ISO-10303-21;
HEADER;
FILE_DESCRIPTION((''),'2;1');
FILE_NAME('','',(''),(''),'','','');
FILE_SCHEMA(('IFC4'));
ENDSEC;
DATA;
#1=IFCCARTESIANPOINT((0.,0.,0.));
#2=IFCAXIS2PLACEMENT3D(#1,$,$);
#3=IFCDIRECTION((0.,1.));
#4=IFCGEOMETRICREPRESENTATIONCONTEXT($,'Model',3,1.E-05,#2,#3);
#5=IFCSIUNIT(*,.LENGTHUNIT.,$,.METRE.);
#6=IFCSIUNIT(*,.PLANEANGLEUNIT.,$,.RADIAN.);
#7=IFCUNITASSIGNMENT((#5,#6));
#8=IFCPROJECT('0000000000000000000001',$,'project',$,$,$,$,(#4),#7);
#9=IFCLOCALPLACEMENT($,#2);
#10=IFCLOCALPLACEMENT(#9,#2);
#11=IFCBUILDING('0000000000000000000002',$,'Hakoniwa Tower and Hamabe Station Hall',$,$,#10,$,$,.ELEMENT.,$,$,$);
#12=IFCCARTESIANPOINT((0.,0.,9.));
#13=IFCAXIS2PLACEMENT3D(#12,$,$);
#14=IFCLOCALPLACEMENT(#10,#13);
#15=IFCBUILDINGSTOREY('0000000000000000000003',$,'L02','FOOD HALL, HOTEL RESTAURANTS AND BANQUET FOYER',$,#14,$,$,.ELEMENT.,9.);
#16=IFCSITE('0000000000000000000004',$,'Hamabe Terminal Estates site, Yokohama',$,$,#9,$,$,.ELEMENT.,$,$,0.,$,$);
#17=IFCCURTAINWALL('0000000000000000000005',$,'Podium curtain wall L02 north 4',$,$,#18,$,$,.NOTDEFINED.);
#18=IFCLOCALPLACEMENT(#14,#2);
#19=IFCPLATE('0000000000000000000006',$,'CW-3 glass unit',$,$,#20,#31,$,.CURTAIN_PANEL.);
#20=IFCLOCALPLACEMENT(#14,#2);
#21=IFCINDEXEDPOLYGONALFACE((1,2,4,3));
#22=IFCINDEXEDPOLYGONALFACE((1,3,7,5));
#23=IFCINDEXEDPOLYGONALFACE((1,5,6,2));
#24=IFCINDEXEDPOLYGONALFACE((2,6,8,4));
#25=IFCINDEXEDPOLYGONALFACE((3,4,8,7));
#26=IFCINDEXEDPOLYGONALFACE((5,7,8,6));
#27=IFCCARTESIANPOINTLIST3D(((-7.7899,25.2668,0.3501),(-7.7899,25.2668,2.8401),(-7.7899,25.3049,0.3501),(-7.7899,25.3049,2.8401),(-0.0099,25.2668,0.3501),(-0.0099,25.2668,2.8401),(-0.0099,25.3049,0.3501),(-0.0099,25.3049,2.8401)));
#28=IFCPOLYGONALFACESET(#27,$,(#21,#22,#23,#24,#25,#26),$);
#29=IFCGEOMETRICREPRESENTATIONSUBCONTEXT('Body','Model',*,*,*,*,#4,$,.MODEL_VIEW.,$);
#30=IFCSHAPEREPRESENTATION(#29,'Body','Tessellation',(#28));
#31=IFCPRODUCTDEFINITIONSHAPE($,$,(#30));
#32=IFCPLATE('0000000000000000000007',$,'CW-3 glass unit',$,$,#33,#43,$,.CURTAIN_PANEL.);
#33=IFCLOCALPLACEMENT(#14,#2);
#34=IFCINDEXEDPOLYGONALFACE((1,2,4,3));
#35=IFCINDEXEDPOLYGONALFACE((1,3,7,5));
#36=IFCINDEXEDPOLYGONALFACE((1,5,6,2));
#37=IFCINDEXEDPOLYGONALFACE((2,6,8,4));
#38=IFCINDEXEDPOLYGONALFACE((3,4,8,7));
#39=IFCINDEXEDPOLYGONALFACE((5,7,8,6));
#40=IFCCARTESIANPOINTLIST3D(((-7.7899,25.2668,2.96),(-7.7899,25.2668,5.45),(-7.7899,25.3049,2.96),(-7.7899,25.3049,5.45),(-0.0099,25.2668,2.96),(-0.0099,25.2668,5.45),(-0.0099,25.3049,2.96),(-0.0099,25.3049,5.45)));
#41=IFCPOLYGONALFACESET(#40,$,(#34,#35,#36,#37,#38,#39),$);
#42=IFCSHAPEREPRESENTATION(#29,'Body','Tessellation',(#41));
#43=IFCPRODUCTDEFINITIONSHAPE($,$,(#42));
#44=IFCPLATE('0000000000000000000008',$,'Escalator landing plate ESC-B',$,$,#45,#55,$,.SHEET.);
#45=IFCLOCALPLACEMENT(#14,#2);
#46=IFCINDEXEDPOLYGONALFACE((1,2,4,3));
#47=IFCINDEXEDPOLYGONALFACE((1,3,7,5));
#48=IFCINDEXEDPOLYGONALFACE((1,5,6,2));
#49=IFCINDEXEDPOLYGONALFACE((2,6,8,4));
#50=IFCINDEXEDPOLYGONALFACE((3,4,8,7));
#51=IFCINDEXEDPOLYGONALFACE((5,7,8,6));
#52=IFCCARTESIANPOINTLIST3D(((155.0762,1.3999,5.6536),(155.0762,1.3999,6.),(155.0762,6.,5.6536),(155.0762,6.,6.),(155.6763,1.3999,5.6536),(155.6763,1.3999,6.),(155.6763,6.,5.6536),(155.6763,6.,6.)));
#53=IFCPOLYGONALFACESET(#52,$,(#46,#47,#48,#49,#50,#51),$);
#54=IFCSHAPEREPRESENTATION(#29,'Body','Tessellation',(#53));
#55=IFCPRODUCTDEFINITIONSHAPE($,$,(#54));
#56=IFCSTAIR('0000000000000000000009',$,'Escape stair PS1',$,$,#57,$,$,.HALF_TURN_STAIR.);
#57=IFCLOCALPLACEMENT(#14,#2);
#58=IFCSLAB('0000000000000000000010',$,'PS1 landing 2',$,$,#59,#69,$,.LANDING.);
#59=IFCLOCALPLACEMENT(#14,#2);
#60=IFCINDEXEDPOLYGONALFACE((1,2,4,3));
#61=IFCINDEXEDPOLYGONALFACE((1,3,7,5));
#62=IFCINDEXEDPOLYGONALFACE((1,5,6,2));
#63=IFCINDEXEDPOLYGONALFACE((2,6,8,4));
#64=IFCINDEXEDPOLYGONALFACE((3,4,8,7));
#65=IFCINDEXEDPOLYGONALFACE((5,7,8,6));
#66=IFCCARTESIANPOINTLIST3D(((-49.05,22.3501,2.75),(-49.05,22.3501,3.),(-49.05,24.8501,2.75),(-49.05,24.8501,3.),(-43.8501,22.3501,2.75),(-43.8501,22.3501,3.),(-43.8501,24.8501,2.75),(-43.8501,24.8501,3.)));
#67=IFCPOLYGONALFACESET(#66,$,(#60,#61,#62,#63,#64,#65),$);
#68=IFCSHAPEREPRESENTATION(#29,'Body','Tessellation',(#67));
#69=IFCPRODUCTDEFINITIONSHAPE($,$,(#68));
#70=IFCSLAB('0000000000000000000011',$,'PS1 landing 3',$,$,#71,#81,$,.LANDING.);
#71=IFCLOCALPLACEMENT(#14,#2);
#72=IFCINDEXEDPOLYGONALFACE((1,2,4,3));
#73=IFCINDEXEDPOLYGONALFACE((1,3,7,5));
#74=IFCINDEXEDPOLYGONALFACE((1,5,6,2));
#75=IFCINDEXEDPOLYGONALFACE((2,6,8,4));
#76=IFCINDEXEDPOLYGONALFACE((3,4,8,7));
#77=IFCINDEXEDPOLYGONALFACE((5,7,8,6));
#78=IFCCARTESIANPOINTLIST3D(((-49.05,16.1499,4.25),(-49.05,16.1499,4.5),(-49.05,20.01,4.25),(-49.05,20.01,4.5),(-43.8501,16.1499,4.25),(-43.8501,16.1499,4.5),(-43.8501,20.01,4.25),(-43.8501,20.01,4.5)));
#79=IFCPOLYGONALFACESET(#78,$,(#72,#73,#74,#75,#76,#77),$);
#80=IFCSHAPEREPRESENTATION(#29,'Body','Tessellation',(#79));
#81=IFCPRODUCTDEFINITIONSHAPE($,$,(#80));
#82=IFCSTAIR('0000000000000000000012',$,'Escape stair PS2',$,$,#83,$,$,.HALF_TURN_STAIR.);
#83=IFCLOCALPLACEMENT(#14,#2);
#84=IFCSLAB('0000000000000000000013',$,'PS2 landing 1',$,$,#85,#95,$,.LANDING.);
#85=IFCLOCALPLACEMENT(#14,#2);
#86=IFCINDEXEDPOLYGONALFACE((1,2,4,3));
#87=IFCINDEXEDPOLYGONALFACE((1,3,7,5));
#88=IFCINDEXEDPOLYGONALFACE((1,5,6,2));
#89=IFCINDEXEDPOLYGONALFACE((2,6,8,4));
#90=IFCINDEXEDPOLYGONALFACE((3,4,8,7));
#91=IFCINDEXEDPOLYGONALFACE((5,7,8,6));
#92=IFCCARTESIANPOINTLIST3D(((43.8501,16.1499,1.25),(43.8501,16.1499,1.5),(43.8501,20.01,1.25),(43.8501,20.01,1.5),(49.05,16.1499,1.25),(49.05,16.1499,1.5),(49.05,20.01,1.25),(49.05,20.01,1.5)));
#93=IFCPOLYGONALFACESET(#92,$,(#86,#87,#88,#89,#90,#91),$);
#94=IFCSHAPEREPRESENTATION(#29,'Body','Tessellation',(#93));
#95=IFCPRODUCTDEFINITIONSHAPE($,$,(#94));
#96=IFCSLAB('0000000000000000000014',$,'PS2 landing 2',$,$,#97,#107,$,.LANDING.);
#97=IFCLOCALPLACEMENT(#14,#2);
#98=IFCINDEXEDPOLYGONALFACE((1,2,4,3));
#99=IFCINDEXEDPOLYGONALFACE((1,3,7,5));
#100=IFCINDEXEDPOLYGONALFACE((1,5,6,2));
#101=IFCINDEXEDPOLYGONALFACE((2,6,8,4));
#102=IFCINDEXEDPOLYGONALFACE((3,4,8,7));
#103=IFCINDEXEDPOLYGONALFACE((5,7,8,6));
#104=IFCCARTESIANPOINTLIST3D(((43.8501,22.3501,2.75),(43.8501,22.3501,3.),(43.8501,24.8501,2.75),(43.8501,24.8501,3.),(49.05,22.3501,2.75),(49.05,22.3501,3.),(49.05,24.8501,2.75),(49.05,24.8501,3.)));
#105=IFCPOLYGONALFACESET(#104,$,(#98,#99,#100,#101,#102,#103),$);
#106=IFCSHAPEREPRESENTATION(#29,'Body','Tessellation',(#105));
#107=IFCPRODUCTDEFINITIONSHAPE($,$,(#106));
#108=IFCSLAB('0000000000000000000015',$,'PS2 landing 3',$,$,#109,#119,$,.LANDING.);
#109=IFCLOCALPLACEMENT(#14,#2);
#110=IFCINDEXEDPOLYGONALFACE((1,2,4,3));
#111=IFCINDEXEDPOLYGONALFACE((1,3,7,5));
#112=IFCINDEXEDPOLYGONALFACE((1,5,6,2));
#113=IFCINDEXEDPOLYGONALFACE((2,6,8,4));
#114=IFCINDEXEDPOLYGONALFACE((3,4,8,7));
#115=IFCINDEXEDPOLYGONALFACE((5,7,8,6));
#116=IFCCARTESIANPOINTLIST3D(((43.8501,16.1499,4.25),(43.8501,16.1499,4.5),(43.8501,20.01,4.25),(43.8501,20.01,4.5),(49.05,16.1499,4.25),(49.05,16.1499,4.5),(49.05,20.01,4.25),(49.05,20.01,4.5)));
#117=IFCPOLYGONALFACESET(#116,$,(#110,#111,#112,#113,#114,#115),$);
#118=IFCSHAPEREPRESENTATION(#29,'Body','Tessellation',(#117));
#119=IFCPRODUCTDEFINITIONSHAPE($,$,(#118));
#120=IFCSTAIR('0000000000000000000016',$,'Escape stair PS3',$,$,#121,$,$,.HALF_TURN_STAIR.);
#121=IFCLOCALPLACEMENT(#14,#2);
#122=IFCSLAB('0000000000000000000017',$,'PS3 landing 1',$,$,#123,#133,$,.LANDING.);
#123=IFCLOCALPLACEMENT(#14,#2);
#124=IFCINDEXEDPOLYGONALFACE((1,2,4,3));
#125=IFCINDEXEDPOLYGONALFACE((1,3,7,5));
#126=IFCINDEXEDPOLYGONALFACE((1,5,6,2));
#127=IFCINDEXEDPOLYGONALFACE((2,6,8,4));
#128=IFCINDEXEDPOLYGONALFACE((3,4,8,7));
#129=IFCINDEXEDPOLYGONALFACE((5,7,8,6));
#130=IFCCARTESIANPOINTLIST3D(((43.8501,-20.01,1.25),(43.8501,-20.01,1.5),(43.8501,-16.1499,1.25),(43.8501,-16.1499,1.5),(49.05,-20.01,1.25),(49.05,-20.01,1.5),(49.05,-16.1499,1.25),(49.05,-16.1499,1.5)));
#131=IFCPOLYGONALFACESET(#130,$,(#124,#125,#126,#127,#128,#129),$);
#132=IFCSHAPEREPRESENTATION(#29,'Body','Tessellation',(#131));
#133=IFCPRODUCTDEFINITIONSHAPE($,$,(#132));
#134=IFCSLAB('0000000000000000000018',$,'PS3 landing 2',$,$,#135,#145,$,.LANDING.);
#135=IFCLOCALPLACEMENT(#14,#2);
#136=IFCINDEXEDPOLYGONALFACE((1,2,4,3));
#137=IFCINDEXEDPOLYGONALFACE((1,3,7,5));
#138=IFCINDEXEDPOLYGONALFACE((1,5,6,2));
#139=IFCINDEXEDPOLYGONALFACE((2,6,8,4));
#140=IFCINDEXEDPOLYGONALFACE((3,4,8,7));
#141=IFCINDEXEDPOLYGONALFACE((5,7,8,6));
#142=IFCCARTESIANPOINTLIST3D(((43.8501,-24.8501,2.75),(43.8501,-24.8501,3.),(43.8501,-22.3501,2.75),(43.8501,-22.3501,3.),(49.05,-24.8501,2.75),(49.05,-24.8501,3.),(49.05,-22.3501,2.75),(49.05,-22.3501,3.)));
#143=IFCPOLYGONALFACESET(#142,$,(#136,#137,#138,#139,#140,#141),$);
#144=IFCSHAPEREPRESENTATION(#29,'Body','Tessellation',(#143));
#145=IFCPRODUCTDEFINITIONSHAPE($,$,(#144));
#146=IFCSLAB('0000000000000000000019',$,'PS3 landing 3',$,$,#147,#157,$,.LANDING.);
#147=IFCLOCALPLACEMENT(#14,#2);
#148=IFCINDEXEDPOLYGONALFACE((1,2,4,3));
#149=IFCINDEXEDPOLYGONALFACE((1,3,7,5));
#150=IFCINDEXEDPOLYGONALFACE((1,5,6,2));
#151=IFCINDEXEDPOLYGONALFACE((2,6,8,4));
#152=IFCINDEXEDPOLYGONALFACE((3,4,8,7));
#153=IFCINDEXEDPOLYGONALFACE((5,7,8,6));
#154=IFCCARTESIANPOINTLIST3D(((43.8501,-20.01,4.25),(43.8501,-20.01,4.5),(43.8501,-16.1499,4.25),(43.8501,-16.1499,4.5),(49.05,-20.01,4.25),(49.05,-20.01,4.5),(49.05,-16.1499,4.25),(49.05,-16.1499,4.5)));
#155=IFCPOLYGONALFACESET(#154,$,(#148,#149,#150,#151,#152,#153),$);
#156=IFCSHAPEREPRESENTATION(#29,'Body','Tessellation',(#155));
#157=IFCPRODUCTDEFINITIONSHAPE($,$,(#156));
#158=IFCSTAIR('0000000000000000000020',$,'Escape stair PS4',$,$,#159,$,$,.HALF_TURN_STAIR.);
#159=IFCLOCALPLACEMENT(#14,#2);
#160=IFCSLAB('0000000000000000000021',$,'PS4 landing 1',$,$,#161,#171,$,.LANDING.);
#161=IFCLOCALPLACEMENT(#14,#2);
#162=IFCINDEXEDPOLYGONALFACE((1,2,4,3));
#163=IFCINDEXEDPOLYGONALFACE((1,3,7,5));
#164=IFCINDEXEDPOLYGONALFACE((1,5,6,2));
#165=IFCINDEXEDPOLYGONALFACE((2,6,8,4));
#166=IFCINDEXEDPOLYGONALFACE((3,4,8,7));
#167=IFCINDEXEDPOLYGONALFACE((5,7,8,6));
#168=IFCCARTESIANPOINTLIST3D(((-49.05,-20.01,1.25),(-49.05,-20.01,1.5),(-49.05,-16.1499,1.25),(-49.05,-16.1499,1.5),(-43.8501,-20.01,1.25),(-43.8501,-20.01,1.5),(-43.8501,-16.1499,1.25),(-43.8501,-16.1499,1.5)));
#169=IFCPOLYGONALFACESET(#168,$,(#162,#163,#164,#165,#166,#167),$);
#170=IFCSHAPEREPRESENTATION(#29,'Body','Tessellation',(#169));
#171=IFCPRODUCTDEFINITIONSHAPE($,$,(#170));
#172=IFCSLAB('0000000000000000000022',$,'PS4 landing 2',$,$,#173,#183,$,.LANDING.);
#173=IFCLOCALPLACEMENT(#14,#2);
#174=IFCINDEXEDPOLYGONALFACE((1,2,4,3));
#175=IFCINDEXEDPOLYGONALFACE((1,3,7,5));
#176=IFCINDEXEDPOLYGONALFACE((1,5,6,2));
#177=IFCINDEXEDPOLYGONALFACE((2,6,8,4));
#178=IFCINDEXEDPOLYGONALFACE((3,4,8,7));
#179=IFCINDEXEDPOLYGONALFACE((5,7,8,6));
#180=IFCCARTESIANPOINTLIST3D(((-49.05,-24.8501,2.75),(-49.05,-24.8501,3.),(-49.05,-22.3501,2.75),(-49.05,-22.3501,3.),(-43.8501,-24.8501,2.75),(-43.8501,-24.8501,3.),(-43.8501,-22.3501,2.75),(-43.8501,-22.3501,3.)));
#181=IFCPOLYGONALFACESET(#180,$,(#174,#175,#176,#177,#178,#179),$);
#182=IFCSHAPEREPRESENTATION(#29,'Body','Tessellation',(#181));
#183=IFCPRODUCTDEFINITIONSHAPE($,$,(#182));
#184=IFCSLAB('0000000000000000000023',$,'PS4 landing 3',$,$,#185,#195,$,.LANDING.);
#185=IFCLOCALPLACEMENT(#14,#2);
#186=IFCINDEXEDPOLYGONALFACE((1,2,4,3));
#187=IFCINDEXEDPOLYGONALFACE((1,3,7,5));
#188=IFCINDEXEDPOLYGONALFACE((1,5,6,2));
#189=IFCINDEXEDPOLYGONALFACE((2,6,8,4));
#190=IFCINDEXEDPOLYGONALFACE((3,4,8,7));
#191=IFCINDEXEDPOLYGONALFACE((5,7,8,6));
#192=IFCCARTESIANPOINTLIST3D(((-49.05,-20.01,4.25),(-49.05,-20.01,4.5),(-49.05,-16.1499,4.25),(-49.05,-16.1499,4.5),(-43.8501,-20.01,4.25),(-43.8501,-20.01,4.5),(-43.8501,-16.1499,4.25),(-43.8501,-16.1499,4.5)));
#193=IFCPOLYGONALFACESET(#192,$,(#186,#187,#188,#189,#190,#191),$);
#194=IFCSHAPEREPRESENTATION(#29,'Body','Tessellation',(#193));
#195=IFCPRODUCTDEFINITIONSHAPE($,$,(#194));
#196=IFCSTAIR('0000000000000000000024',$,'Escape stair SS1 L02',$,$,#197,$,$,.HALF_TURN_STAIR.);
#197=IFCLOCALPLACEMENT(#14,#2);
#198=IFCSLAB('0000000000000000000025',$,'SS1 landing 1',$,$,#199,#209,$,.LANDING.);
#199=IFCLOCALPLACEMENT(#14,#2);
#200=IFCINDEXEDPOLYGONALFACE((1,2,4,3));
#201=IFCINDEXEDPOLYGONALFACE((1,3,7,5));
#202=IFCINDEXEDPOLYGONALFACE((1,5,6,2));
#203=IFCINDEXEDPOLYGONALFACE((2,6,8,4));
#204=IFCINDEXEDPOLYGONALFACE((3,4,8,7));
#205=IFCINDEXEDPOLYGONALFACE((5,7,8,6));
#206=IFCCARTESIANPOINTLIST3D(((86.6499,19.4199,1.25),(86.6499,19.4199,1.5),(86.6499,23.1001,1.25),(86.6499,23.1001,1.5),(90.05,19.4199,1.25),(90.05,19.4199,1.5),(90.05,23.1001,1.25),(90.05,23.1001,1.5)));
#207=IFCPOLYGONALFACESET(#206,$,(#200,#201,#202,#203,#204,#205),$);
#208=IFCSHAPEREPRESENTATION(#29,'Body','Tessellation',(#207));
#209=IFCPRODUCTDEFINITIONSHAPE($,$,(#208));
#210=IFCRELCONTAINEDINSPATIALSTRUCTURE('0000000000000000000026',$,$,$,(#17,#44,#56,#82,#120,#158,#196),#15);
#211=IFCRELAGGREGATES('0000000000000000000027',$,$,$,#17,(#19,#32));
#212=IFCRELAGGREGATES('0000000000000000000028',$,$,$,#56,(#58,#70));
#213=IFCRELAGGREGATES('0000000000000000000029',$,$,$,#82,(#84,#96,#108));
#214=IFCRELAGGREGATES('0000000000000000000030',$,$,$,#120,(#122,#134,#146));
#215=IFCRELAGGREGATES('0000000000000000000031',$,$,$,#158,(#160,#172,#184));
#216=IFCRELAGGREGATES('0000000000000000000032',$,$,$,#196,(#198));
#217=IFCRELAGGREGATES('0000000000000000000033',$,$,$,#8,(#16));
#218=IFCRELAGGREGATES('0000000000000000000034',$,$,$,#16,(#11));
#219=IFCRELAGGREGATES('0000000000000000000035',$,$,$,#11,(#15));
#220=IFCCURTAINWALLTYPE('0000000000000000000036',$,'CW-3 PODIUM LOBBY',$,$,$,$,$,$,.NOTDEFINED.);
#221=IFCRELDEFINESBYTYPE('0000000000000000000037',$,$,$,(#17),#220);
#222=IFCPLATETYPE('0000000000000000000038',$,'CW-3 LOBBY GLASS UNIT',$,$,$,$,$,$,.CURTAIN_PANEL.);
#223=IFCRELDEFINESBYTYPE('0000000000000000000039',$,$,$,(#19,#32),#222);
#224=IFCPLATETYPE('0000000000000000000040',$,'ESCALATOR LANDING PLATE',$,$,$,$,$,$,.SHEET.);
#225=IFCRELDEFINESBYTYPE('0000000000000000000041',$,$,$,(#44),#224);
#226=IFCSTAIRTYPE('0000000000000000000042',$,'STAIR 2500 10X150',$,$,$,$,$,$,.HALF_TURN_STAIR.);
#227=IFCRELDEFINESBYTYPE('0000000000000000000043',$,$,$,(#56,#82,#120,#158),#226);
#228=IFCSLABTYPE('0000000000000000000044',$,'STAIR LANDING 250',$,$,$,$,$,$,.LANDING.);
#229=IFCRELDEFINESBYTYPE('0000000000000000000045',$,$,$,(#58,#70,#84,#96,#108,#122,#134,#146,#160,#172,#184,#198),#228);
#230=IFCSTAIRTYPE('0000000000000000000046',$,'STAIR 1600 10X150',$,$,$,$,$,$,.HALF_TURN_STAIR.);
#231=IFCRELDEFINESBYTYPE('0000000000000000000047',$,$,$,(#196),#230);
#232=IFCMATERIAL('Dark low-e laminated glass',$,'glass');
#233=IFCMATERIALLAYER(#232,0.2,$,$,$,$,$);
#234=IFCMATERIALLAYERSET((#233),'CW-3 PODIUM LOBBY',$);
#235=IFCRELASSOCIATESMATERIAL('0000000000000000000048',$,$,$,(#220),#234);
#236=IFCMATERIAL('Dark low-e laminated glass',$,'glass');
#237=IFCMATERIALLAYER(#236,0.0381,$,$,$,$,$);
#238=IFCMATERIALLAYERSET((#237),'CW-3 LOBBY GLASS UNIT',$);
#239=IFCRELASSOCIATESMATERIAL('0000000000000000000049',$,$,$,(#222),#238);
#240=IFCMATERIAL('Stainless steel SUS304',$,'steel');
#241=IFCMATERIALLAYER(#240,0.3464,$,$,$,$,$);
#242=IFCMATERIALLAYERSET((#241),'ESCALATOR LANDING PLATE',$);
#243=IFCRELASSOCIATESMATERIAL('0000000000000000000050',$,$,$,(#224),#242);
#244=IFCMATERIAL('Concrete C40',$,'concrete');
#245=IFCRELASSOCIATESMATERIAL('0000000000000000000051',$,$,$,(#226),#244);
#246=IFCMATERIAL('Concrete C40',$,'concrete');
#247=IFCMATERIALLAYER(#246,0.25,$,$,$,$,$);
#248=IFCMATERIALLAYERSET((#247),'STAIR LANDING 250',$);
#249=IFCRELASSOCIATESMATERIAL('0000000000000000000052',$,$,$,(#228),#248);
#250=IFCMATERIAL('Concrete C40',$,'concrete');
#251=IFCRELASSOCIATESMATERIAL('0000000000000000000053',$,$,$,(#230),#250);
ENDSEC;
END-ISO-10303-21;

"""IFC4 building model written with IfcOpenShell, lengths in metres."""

from ifc_helpers import new_model, si_unit, direction, frame, origin, origin_2d, place, context, subcontext, project, spatial, polyline, rectangle, outline, extrude, material, layer, layer_set, type_object, element, aggregate, save


model = new_model("IFC4")

# Units and contexts
model_context = context("Model", 3, precision=1e-05, world=origin(), true_north=direction((0.0, 1.0)))
body_context = subcontext(model_context, "Body", "Model", "MODEL_VIEW")
ifc_project = project(units=[si_unit("LENGTHUNIT", "METRE"), si_unit("PLANEANGLEUNIT", "RADIAN")], contexts=[model_context])

# Site, building, storey
site_placement = place(None, origin())
site = spatial("IfcSite", under=ifc_project, at=site_placement, Name="Hamabe Terminal Estates site, Yokohama", CompositionType="ELEMENT", RefElevation=0.0)
building_placement = place(site_placement, origin())
building = spatial("IfcBuilding", under=site, at=building_placement, Name="Hakoniwa Tower and Hamabe Station Hall", CompositionType="ELEMENT")
storey_placement = place(building_placement, frame((0.0, 0.0, 9.0)))
storey = spatial("IfcBuildingStorey", under=building, at=storey_placement, Name="L02", Description="FOOD HALL, HOTEL RESTAURANTS AND BANQUET FOYER", CompositionType="ELEMENT", Elevation=9.0)

# Curtain wall, plates
ifc_material_1 = material(Name="Dark low-e laminated glass", Category="glass")
ifc_layer_1 = layer(ifc_material_1, 0.2)
ifc_layer_set_1 = layer_set([ifc_layer_1], Name="CW-3 PODIUM LOBBY")
curtain_wall_type = type_object("IfcCurtainWallType", Name="CW-3 PODIUM LOBBY", PredefinedType="NOTDEFINED", material=ifc_layer_set_1)
curtain_wall_placement = place(storey_placement, origin())
curtain_wall = element("IfcCurtainWall", 1, at=curtain_wall_placement, inside=storey, type_object=curtain_wall_type, Name="Podium curtain wall L02 north 4", PredefinedType="NOTDEFINED")
ifc_material_2 = material(Name="Dark low-e laminated glass", Category="glass")
ifc_layer_2 = layer(ifc_material_2, 0.0381)
ifc_layer_set_2 = layer_set([ifc_layer_2], Name="CW-3 LOBBY GLASS UNIT")
plate_type_1 = type_object("IfcPlateType", Name="CW-3 LOBBY GLASS UNIT", PredefinedType="CURTAIN_PANEL", material=ifc_layer_set_2)
plate_1_placement = place(storey_placement, frame((-3.8999, 25.2859, 0.3501), z_axis=(0.0, 0.0, 1.0), x_axis=(-1.0, 0.0, 0.0)))
plate_1 = element("IfcPlate", 2, at=plate_1_placement, type_object=plate_type_1, Name="CW-3 glass unit", PredefinedType="CURTAIN_PANEL", context=body_context, shape_type="SweptSolid", body=[
    extrude(rectangle(XDim=7.78, YDim=0.0381, at=origin_2d()), origin(), (0.0, 0.0, 1.0), 2.49),
])
plate_2_placement = place(storey_placement, frame((-3.8999, 25.2859, 2.96), z_axis=(0.0, 0.0, 1.0), x_axis=(-1.0, 0.0, 0.0)))
plate_2 = element("IfcPlate", 3, at=plate_2_placement, type_object=plate_type_1, Name="CW-3 glass unit", PredefinedType="CURTAIN_PANEL", context=body_context, shape_type="SweptSolid", body=[
    extrude(rectangle(XDim=7.78, YDim=0.0381, at=origin_2d()), origin(), (0.0, 0.0, 1.0), 2.49),
])
aggregate(curtain_wall, [plate_1, plate_2])

# Plate
ifc_material_3 = material(Name="Stainless steel SUS304", Category="steel")
ifc_layer_3 = layer(ifc_material_3, 0.3464)
ifc_layer_set_3 = layer_set([ifc_layer_3], Name="ESCALATOR LANDING PLATE")
plate_type_2 = type_object("IfcPlateType", Name="ESCALATOR LANDING PLATE", PredefinedType="SHEET", material=ifc_layer_set_3)
plate_3_placement = place(storey_placement, frame((0.0, 0.0, 5.6536)))
element("IfcPlate", 4, at=plate_3_placement, inside=storey, type_object=plate_type_2, Name="Escalator landing plate ESC-B", PredefinedType="SHEET", context=body_context, shape_type="SweptSolid", body=[
    extrude(outline(polyline([(155.6763, 1.3999), (155.6763, 6.0), (155.0762, 6.0), (155.0762, 1.3999), (155.6763, 1.3999)])), origin(), (0.0, 0.0, 1.0), 0.3464),
])

# Stairs, slabs
ifc_material_4 = material(Name="Concrete C40", Category="concrete")
stair_type_1 = type_object("IfcStairType", Name="STAIR 2500 10X150", PredefinedType="HALF_TURN_STAIR", material=ifc_material_4)
stair_1_placement = place(storey_placement, origin())
stair_1 = element("IfcStair", 5, at=stair_1_placement, inside=storey, type_object=stair_type_1, Name="Escape stair PS1", PredefinedType="HALF_TURN_STAIR")
ifc_material_5 = material(Name="Concrete C40", Category="concrete")
ifc_layer_4 = layer(ifc_material_5, 0.25)
ifc_layer_set_4 = layer_set([ifc_layer_4], Name="STAIR LANDING 250")
slab_type = type_object("IfcSlabType", Name="STAIR LANDING 250", PredefinedType="LANDING", material=ifc_layer_set_4)
slab_1_placement = place(storey_placement, frame((0.0, 0.0, 2.75)))
slab_1 = element("IfcSlab", 6, at=slab_1_placement, type_object=slab_type, Name="PS1 landing 2", PredefinedType="LANDING", context=body_context, shape_type="SweptSolid", body=[
    extrude(outline(polyline([(-49.05, 24.8501), (-49.05, 22.3501), (-43.8501, 22.3501), (-43.8501, 24.8501), (-49.05, 24.8501)])), origin(), (0.0, 0.0, 1.0), 0.25),
])
slab_2_placement = place(storey_placement, frame((0.0, 0.0, 4.25)))
slab_2 = element("IfcSlab", 7, at=slab_2_placement, type_object=slab_type, Name="PS1 landing 3", PredefinedType="LANDING", context=body_context, shape_type="SweptSolid", body=[
    extrude(outline(polyline([(-49.05, 20.01), (-49.05, 16.1499), (-43.8501, 16.1499), (-43.8501, 20.01), (-49.05, 20.01)])), origin(), (0.0, 0.0, 1.0), 0.25),
])
aggregate(stair_1, [slab_1, slab_2])
stair_2_placement = place(storey_placement, origin())
stair_2 = element("IfcStair", 8, at=stair_2_placement, inside=storey, type_object=stair_type_1, Name="Escape stair PS2", PredefinedType="HALF_TURN_STAIR")
slab_3_placement = place(storey_placement, frame((0.0, 0.0, 1.25)))
slab_3 = element("IfcSlab", 9, at=slab_3_placement, type_object=slab_type, Name="PS2 landing 1", PredefinedType="LANDING", context=body_context, shape_type="SweptSolid", body=[
    extrude(outline(polyline([(43.8501, 20.01), (43.8501, 16.1499), (49.05, 16.1499), (49.05, 20.01), (43.8501, 20.01)])), origin(), (0.0, 0.0, 1.0), 0.25),
])
slab_4_placement = place(storey_placement, frame((0.0, 0.0, 2.75)))
slab_4 = element("IfcSlab", 10, at=slab_4_placement, type_object=slab_type, Name="PS2 landing 2", PredefinedType="LANDING", context=body_context, shape_type="SweptSolid", body=[
    extrude(outline(polyline([(43.8501, 24.8501), (43.8501, 22.3501), (49.05, 22.3501), (49.05, 24.8501), (43.8501, 24.8501)])), origin(), (0.0, 0.0, 1.0), 0.25),
])
slab_5_placement = place(storey_placement, frame((0.0, 0.0, 4.25)))
slab_5 = element("IfcSlab", 11, at=slab_5_placement, type_object=slab_type, Name="PS2 landing 3", PredefinedType="LANDING", context=body_context, shape_type="SweptSolid", body=[
    extrude(outline(polyline([(43.8501, 20.01), (43.8501, 16.1499), (49.05, 16.1499), (49.05, 20.01), (43.8501, 20.01)])), origin(), (0.0, 0.0, 1.0), 0.25),
])
aggregate(stair_2, [slab_3, slab_4, slab_5])
stair_3_placement = place(storey_placement, origin())
stair_3 = element("IfcStair", 12, at=stair_3_placement, inside=storey, type_object=stair_type_1, Name="Escape stair PS3", PredefinedType="HALF_TURN_STAIR")
slab_6_placement = place(storey_placement, frame((0.0, 0.0, 1.25)))
slab_6 = element("IfcSlab", 13, at=slab_6_placement, type_object=slab_type, Name="PS3 landing 1", PredefinedType="LANDING", context=body_context, shape_type="SweptSolid", body=[
    extrude(outline(polyline([(49.05, -20.01), (49.05, -16.1499), (43.8501, -16.1499), (43.8501, -20.01), (49.05, -20.01)])), origin(), (0.0, 0.0, 1.0), 0.25),
])
slab_7_placement = place(storey_placement, frame((0.0, 0.0, 2.75)))
slab_7 = element("IfcSlab", 14, at=slab_7_placement, type_object=slab_type, Name="PS3 landing 2", PredefinedType="LANDING", context=body_context, shape_type="SweptSolid", body=[
    extrude(outline(polyline([(49.05, -24.8501), (49.05, -22.3501), (43.8501, -22.3501), (43.8501, -24.8501), (49.05, -24.8501)])), origin(), (0.0, 0.0, 1.0), 0.25),
])
slab_8_placement = place(storey_placement, frame((0.0, 0.0, 4.25)))
slab_8 = element("IfcSlab", 15, at=slab_8_placement, type_object=slab_type, Name="PS3 landing 3", PredefinedType="LANDING", context=body_context, shape_type="SweptSolid", body=[
    extrude(outline(polyline([(49.05, -20.01), (49.05, -16.1499), (43.8501, -16.1499), (43.8501, -20.01), (49.05, -20.01)])), origin(), (0.0, 0.0, 1.0), 0.25),
])
aggregate(stair_3, [slab_6, slab_7, slab_8])
stair_4_placement = place(storey_placement, origin())
stair_4 = element("IfcStair", 16, at=stair_4_placement, inside=storey, type_object=stair_type_1, Name="Escape stair PS4", PredefinedType="HALF_TURN_STAIR")
slab_9_placement = place(storey_placement, frame((0.0, 0.0, 1.25)))
slab_9 = element("IfcSlab", 17, at=slab_9_placement, type_object=slab_type, Name="PS4 landing 1", PredefinedType="LANDING", context=body_context, shape_type="SweptSolid", body=[
    extrude(outline(polyline([(-43.8501, -20.01), (-43.8501, -16.1499), (-49.05, -16.1499), (-49.05, -20.01), (-43.8501, -20.01)])), origin(), (0.0, 0.0, 1.0), 0.25),
])
slab_10_placement = place(storey_placement, frame((0.0, 0.0, 2.75)))
slab_10 = element("IfcSlab", 18, at=slab_10_placement, type_object=slab_type, Name="PS4 landing 2", PredefinedType="LANDING", context=body_context, shape_type="SweptSolid", body=[
    extrude(outline(polyline([(-43.8501, -24.8501), (-43.8501, -22.3501), (-49.05, -22.3501), (-49.05, -24.8501), (-43.8501, -24.8501)])), origin(), (0.0, 0.0, 1.0), 0.25),
])
slab_11_placement = place(storey_placement, frame((0.0, 0.0, 4.25)))
slab_11 = element("IfcSlab", 19, at=slab_11_placement, type_object=slab_type, Name="PS4 landing 3", PredefinedType="LANDING", context=body_context, shape_type="SweptSolid", body=[
    extrude(outline(polyline([(-43.8501, -20.01), (-43.8501, -16.1499), (-49.05, -16.1499), (-49.05, -20.01), (-43.8501, -20.01)])), origin(), (0.0, 0.0, 1.0), 0.25),
])
aggregate(stair_4, [slab_9, slab_10, slab_11])
ifc_material_6 = material(Name="Concrete C40", Category="concrete")
stair_type_2 = type_object("IfcStairType", Name="STAIR 1600 10X150", PredefinedType="HALF_TURN_STAIR", material=ifc_material_6)
stair_5_placement = place(storey_placement, origin())
stair_5 = element("IfcStair", 20, at=stair_5_placement, inside=storey, type_object=stair_type_2, Name="Escape stair SS1 L02", PredefinedType="HALF_TURN_STAIR")
slab_12_placement = place(storey_placement, frame((0.0, 0.0, 1.25)))
slab_12 = element("IfcSlab", 21, at=slab_12_placement, type_object=slab_type, Name="SS1 landing 1", PredefinedType="LANDING", context=body_context, shape_type="SweptSolid", body=[
    extrude(outline(polyline([(90.05, 19.4199), (90.05, 23.1001), (86.6499, 23.1001), (86.6499, 19.4199), (90.05, 19.4199)])), origin(), (0.0, 0.0, 1.0), 0.25),
])
aggregate(stair_5, [slab_12])

save(model, "model.ifc")
